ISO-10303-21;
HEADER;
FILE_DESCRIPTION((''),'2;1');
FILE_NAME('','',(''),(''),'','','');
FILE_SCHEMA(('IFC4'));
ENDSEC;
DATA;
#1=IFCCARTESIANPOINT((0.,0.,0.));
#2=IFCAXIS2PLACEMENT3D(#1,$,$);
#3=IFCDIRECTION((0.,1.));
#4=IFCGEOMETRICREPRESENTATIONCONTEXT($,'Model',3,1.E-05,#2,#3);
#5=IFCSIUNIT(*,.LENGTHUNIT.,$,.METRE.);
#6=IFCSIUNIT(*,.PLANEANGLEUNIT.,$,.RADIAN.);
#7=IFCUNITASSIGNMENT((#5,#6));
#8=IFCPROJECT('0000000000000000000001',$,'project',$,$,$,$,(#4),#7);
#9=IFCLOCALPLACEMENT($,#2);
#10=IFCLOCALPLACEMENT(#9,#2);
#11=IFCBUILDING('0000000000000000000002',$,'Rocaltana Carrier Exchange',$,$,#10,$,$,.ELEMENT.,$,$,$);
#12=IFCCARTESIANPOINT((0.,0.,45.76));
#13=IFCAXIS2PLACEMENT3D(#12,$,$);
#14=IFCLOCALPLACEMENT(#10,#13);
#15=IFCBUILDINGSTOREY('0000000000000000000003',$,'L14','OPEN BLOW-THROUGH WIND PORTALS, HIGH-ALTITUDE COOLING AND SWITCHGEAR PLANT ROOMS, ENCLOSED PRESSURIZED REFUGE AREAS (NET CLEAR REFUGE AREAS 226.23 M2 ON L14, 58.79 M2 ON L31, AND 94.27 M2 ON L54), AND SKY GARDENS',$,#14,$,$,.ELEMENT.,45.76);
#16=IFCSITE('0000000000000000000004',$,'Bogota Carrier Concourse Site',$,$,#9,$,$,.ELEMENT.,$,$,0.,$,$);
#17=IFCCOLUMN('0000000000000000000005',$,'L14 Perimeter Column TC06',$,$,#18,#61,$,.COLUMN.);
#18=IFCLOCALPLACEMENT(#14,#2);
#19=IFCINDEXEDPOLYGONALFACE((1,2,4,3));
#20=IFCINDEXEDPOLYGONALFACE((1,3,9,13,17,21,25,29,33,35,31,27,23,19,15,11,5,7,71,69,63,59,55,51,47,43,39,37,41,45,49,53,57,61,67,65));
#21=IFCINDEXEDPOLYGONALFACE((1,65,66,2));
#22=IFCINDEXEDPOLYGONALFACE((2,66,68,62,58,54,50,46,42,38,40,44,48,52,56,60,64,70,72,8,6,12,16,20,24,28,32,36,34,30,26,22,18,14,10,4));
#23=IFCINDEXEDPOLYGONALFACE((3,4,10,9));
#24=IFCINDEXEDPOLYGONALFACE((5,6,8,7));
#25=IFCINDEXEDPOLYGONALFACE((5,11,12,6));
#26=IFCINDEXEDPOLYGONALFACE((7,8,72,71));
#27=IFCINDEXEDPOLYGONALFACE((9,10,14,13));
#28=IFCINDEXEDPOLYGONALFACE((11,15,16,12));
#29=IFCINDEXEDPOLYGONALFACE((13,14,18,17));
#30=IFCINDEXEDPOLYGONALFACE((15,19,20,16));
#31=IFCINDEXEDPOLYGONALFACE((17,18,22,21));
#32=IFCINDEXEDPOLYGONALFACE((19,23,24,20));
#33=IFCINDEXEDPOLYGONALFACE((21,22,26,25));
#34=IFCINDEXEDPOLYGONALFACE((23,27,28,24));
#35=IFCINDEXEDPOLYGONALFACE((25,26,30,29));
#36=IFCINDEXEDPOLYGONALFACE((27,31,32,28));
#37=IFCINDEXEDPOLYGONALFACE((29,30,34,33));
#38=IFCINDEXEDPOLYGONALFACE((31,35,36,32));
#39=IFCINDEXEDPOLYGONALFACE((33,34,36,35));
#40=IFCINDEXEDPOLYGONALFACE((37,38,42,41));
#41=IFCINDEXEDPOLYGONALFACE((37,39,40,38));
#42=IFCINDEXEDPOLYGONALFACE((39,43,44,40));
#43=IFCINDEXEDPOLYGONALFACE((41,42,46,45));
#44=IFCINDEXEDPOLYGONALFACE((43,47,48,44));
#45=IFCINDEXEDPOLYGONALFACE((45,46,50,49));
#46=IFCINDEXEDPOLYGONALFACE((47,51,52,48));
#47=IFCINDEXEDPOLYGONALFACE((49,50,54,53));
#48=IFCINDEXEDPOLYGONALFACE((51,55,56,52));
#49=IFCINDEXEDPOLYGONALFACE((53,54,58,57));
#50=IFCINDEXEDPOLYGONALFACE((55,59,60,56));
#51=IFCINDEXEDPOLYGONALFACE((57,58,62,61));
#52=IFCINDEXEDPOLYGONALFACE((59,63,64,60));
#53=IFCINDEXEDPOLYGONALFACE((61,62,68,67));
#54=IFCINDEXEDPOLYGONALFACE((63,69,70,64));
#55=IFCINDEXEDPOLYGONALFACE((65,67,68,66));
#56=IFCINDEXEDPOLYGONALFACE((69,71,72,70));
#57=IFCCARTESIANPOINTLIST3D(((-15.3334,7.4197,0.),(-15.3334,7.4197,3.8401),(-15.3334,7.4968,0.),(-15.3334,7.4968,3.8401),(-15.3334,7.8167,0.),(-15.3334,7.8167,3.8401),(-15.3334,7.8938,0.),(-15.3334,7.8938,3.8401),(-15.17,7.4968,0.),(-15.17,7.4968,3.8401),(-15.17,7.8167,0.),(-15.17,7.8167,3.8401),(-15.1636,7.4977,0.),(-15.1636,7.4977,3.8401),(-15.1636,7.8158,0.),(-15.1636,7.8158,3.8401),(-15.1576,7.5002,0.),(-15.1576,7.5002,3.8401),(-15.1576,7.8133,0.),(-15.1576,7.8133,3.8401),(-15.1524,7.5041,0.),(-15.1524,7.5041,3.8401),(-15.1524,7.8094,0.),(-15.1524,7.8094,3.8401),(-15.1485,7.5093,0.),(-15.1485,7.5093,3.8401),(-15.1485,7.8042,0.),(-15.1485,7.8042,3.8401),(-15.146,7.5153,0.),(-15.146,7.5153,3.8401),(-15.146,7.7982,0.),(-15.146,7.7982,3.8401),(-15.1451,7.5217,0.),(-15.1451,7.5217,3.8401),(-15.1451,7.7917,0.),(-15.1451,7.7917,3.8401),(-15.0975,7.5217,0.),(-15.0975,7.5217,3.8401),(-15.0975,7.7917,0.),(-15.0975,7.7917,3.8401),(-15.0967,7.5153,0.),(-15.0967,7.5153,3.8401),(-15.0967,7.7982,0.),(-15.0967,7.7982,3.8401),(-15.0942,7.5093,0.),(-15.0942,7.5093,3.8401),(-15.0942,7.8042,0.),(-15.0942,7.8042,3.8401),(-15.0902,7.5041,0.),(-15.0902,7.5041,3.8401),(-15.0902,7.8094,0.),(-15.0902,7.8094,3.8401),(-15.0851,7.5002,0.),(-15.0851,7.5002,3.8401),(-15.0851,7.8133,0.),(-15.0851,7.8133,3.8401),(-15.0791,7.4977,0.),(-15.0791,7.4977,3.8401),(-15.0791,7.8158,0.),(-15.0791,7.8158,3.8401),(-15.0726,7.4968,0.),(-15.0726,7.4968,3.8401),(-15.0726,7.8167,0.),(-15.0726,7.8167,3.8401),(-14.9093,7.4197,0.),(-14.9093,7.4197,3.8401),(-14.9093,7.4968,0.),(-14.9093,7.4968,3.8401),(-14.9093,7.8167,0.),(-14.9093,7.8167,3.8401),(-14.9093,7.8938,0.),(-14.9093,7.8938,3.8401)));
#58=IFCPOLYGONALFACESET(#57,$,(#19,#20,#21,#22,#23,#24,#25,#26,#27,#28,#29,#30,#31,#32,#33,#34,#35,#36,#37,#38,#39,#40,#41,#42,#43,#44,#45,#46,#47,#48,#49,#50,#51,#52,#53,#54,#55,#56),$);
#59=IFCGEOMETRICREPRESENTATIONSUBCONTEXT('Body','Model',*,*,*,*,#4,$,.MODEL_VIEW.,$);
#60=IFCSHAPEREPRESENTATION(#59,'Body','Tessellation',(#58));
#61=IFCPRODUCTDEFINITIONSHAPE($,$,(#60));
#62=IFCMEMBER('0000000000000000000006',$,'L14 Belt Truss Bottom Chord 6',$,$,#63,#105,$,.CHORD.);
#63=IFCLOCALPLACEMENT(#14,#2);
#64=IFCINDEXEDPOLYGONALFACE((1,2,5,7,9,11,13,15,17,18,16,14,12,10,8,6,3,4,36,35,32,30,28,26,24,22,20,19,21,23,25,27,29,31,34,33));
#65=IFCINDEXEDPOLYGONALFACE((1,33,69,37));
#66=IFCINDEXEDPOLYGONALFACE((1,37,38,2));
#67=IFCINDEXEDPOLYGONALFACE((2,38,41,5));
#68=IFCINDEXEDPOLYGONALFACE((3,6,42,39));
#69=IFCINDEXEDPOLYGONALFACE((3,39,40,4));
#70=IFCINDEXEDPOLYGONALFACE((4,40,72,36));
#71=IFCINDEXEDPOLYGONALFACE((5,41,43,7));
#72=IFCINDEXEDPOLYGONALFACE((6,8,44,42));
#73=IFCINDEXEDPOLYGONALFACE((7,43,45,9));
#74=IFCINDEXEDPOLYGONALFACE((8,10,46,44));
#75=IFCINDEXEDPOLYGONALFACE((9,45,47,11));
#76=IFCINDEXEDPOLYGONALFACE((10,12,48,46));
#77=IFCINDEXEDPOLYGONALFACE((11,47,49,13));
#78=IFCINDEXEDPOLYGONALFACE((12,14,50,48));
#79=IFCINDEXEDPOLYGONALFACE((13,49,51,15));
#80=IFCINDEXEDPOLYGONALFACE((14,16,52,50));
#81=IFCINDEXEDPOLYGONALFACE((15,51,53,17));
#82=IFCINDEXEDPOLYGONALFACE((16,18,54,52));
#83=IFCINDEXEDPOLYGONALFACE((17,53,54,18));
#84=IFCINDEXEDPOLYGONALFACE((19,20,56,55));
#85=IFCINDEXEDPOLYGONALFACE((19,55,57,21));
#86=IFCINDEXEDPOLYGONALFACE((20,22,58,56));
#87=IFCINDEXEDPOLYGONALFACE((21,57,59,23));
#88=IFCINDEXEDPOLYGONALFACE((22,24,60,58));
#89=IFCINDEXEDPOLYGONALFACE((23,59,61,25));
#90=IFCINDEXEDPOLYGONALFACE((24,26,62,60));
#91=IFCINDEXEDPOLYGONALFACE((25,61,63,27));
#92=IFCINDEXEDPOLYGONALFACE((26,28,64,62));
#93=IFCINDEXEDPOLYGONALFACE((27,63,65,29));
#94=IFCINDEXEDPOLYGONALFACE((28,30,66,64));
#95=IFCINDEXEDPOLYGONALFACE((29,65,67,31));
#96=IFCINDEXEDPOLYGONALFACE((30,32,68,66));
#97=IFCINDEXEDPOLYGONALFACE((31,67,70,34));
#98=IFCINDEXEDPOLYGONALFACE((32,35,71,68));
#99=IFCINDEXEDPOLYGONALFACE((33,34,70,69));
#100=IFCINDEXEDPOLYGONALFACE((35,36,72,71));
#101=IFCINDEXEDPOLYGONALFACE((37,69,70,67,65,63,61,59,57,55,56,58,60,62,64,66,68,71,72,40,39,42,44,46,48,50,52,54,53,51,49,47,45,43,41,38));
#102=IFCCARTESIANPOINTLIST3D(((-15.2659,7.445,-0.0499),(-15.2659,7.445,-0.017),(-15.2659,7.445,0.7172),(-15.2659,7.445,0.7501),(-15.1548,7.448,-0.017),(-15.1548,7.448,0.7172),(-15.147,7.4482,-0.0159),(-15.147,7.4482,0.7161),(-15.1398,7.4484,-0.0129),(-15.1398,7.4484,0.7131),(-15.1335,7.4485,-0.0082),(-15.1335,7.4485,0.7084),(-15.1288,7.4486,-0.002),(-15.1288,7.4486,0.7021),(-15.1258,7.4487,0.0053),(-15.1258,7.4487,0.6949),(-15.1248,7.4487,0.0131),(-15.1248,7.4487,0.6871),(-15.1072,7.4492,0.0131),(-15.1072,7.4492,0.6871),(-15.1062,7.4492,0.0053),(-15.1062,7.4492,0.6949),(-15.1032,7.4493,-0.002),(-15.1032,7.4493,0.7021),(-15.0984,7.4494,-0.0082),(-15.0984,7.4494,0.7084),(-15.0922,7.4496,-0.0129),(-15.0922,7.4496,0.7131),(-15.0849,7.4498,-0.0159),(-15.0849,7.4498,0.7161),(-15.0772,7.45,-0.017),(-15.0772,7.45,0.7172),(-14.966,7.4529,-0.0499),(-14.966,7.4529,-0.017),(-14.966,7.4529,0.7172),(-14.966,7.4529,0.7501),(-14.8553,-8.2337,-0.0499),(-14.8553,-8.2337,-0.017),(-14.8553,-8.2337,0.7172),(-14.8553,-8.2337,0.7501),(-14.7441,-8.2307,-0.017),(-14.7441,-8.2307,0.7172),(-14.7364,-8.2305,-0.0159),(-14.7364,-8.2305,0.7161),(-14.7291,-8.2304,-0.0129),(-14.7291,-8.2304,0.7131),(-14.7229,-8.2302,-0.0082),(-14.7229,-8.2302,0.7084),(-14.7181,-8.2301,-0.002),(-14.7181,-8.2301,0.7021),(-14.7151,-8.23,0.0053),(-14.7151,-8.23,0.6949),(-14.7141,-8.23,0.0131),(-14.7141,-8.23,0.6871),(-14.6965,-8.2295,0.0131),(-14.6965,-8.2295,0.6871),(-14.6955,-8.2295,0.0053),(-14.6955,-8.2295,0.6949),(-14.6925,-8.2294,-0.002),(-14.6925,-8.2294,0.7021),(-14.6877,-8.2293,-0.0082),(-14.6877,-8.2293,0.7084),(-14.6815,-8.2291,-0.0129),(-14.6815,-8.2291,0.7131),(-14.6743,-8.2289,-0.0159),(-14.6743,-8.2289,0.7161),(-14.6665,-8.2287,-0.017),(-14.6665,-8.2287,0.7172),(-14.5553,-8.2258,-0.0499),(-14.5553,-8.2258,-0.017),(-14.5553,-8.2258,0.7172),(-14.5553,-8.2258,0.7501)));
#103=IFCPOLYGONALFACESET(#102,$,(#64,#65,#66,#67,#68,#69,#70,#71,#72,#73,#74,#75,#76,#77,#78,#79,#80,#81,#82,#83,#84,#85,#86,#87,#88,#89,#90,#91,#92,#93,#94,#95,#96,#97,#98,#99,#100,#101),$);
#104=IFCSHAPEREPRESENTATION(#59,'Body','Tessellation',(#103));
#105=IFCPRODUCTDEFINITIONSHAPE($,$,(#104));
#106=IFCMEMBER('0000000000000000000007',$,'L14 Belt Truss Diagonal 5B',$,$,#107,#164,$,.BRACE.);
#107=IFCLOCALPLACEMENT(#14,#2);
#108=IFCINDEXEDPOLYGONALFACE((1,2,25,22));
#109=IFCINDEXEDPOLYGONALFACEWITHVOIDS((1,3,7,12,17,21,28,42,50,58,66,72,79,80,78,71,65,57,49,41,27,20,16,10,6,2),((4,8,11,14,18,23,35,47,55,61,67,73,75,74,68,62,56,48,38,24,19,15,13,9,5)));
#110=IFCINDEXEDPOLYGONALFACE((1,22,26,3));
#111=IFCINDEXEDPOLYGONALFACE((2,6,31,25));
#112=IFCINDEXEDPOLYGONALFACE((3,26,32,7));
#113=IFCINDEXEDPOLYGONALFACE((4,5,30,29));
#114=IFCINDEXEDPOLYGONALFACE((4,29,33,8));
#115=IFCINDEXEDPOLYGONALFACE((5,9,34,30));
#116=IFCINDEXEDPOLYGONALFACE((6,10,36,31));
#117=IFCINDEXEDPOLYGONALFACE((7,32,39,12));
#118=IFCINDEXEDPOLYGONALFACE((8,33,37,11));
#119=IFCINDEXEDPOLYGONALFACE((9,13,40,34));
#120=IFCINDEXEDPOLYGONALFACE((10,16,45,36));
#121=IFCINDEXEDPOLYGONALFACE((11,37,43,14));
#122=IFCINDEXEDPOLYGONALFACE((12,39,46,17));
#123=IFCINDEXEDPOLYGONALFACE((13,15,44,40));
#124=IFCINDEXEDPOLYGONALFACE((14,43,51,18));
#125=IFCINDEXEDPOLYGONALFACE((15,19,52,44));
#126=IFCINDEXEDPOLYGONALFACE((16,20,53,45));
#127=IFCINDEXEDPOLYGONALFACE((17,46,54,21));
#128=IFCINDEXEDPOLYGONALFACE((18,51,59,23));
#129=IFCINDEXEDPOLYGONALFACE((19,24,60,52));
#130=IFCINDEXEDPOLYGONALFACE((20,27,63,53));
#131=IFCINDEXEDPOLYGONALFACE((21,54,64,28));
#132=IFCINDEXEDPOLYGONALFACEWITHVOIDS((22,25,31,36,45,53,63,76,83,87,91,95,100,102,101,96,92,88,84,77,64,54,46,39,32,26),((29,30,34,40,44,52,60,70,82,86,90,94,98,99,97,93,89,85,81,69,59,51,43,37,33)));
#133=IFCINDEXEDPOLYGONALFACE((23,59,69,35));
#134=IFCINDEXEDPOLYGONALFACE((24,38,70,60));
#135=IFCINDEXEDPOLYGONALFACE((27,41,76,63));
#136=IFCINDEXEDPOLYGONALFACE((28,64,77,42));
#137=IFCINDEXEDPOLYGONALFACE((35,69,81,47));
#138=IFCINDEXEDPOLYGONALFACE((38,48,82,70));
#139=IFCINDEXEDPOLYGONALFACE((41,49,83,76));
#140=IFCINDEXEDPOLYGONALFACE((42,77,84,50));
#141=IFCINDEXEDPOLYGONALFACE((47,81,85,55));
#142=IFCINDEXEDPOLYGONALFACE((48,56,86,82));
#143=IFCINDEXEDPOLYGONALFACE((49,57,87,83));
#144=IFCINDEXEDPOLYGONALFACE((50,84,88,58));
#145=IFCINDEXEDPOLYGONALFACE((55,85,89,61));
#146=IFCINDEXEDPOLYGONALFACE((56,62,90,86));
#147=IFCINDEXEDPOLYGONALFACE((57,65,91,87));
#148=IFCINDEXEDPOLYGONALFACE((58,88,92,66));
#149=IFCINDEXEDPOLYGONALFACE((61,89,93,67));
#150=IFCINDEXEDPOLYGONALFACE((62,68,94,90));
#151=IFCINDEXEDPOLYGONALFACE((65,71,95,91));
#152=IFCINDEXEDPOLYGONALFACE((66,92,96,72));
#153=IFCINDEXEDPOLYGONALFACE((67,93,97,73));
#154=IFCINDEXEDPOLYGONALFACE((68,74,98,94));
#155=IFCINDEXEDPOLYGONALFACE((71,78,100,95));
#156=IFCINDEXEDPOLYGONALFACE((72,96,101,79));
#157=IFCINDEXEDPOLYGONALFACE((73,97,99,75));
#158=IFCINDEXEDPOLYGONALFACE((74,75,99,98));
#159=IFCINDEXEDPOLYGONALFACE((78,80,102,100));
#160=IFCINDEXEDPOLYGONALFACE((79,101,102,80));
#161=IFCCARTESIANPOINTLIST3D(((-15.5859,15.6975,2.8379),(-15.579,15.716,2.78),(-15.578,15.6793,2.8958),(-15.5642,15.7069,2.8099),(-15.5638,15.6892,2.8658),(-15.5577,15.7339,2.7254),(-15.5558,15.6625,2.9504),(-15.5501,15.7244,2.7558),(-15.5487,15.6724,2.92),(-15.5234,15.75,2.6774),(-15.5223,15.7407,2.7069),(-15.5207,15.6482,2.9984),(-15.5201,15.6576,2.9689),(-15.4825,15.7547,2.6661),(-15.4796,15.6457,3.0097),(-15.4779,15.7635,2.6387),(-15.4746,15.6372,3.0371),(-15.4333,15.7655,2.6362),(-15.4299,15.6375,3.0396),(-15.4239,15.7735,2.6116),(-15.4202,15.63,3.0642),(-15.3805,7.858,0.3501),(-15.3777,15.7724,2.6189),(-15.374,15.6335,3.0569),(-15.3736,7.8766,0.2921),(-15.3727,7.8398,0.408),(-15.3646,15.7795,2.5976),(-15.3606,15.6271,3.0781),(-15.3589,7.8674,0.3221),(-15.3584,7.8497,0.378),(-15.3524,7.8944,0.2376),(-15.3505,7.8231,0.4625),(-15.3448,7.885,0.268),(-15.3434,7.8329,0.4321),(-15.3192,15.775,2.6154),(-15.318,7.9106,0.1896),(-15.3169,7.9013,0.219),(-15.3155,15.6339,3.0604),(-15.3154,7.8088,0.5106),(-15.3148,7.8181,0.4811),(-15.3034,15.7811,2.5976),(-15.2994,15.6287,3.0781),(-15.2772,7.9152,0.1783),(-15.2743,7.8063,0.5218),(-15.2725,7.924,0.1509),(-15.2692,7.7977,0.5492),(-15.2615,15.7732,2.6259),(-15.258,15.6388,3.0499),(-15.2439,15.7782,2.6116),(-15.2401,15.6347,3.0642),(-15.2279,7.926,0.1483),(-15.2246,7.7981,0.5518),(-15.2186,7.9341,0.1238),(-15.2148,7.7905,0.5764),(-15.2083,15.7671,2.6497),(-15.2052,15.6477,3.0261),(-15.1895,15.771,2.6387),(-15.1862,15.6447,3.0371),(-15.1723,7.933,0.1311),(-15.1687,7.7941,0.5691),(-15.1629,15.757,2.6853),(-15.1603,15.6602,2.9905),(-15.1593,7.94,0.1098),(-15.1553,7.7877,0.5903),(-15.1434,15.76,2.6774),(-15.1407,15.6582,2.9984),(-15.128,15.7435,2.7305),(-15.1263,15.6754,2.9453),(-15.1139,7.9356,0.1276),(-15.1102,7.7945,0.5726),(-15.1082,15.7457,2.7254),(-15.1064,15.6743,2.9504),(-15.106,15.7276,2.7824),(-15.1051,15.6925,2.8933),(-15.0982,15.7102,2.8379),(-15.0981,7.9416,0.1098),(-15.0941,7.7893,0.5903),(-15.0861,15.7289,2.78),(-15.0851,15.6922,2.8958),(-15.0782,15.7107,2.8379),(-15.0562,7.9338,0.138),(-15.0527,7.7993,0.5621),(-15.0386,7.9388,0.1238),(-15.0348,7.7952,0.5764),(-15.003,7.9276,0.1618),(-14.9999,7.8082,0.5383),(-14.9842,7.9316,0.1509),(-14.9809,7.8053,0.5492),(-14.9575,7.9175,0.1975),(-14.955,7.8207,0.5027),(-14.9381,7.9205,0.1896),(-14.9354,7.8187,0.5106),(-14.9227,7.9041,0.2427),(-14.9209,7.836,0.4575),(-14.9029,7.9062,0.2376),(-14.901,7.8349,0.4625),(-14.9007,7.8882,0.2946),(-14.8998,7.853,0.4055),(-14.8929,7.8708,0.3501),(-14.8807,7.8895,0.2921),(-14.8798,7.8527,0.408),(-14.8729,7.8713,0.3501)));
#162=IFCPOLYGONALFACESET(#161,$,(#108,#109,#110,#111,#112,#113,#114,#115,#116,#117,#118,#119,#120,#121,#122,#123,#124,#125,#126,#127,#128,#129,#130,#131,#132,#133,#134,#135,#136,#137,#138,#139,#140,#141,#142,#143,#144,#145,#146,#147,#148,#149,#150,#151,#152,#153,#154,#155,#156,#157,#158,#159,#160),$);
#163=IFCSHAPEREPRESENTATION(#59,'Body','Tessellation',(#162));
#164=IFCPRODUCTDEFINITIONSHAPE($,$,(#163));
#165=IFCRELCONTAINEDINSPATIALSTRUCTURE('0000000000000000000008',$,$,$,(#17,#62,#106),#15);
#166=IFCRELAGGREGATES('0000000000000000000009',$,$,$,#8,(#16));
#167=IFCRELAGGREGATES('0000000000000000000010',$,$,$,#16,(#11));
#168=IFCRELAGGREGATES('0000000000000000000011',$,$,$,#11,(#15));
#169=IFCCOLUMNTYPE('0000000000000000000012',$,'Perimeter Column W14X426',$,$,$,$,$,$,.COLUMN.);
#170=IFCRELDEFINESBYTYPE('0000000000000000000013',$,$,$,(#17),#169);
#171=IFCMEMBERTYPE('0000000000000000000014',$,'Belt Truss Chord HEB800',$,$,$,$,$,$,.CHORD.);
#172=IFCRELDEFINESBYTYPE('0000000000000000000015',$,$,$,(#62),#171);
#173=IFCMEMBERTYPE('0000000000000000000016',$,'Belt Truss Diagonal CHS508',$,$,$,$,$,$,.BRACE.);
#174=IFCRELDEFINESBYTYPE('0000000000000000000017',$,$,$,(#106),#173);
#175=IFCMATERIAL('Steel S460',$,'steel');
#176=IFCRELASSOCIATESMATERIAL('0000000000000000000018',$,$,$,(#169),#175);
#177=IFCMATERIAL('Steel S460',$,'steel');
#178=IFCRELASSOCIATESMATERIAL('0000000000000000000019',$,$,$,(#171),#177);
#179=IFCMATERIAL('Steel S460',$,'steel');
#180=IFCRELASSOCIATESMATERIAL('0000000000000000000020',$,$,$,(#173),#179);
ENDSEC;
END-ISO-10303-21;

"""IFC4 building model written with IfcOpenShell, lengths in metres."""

from ifc_helpers import new_model, si_unit, direction, frame, origin, origin_2d, place, context, subcontext, project, spatial, hollow_circle, i_section, extrude, material, material_profile, profile_set, type_object, element, save


model = new_model("IFC4")

# Units and contexts
model_context = context("Model", 3, precision=1e-05, world=origin(), true_north=direction((0.0, 1.0)))
body_context = subcontext(model_context, "Body", "Model", "MODEL_VIEW")
ifc_project = project(units=[si_unit("LENGTHUNIT", "METRE"), si_unit("PLANEANGLEUNIT", "RADIAN")], contexts=[model_context])

# Site, building, storey
site_placement = place(None, origin())
site = spatial("IfcSite", under=ifc_project, at=site_placement, Name="Bogota Carrier Concourse Site", CompositionType="ELEMENT", RefElevation=0.0)
building_placement = place(site_placement, origin())
building = spatial("IfcBuilding", under=site, at=building_placement, Name="Rocaltana Carrier Exchange", CompositionType="ELEMENT")
storey_placement = place(building_placement, frame((0.0, 0.0, 45.76)))
storey = spatial("IfcBuildingStorey", under=building, at=storey_placement, Name="L14", Description="OPEN BLOW-THROUGH WIND PORTALS, HIGH-ALTITUDE COOLING AND SWITCHGEAR PLANT ROOMS, ENCLOSED PRESSURIZED REFUGE AREAS (NET CLEAR REFUGE AREAS 226.23 M2 ON L14, 58.79 M2 ON L31, AND 94.27 M2 ON L54), AND SKY GARDENS", CompositionType="ELEMENT", Elevation=45.76)

# Column
ifc_material_1 = material(Name="Steel S460", Category="steel")
ifc_material_profile_1 = material_profile(ifc_material_1, i_section(OverallWidth=0.4241, OverallDepth=0.4741, WebThickness=0.0476, FlangeThickness=0.0771, FilletRadius=0.0249, at=origin_2d()), Name="W14X426")
ifc_profile_set_1 = profile_set([ifc_material_profile_1], Name="Steel S460")
column_type = type_object("IfcColumnType", Name="Perimeter Column W14X426", PredefinedType="COLUMN", material=ifc_profile_set_1)
column_placement = place(storey_placement, frame((-15.1213, 7.6567, 0.0), z_axis=(0.0, 0.0, 1.0), x_axis=(1.0, 0.0, 0.0)))
element("IfcColumn", 1, at=column_placement, inside=storey, type_object=column_type, Name="L14 Perimeter Column TC06", PredefinedType="COLUMN", context=body_context, shape_type="SweptSolid", body=[
    extrude(i_section(OverallWidth=0.4241, OverallDepth=0.4741, WebThickness=0.0476, FlangeThickness=0.0771, FilletRadius=0.0249, at=origin_2d()), origin(), (0.0, 0.0, 1.0), 3.8401),
])

# Members
ifc_material_2 = material(Name="Steel S460", Category="steel")
ifc_material_profile_2 = material_profile(ifc_material_2, i_section(OverallWidth=0.3, OverallDepth=0.8, WebThickness=0.0176, FlangeThickness=0.033, FilletRadius=0.03, at=origin_2d()), Name="HEB800")
ifc_profile_set_2 = profile_set([ifc_material_profile_2], Name="Steel S460")
member_type_1 = type_object("IfcMemberType", Name="Belt Truss Chord HEB800", PredefinedType="CHORD", material=ifc_profile_set_2)
member_placement = place(storey_placement, frame((-15.116, 7.449, 0.3501), z_axis=(0.026182, -0.999657, 0.0), x_axis=(0.999657, 0.026182, 0.0)))
element("IfcMember", 2, at=member_placement, inside=storey, type_object=member_type_1, Name="L14 Belt Truss Bottom Chord 6", PredefinedType="CHORD", context=body_context, shape_type="SweptSolid", body=[
    extrude(i_section(OverallWidth=0.3, OverallDepth=0.8, WebThickness=0.0176, FlangeThickness=0.033, FilletRadius=0.03, at=origin_2d()), origin(), (0.0, 0.0, 1.0), 15.6841),
])
ifc_material_3 = material(Name="Steel S460", Category="steel")
ifc_material_profile_3 = material_profile(ifc_material_3, hollow_circle(Radius=0.2539, WallThickness=0.02, at=origin_2d()), Name="CHS508X20")
ifc_profile_set_3 = profile_set([ifc_material_profile_3], Name="Steel S460")
member_type_2 = type_object("IfcMemberType", Name="Belt Truss Diagonal CHS508", PredefinedType="BRACE", material=ifc_profile_set_3)
for number, where, z_axis, x_axis, name in (
    (3, (-15.332, 15.7041, 2.8379), (0.024957, -0.952859, -0.302386), (0.999657, 0.026182, 0.0), "L14 Belt Truss Diagonal 5B"),
):
    element("IfcMember", number, at=place(storey_placement, frame(where, z_axis=z_axis, x_axis=x_axis)), inside=storey, type_object=member_type_2, Name=name, PredefinedType="BRACE", context=body_context, shape_type="SweptSolid", body=[
        extrude(hollow_circle(Radius=0.2539, WallThickness=0.02, at=origin_2d()), origin(), (0.0, 0.0, 1.0), 8.2273),
    ])

save(model, "model.ifc")
